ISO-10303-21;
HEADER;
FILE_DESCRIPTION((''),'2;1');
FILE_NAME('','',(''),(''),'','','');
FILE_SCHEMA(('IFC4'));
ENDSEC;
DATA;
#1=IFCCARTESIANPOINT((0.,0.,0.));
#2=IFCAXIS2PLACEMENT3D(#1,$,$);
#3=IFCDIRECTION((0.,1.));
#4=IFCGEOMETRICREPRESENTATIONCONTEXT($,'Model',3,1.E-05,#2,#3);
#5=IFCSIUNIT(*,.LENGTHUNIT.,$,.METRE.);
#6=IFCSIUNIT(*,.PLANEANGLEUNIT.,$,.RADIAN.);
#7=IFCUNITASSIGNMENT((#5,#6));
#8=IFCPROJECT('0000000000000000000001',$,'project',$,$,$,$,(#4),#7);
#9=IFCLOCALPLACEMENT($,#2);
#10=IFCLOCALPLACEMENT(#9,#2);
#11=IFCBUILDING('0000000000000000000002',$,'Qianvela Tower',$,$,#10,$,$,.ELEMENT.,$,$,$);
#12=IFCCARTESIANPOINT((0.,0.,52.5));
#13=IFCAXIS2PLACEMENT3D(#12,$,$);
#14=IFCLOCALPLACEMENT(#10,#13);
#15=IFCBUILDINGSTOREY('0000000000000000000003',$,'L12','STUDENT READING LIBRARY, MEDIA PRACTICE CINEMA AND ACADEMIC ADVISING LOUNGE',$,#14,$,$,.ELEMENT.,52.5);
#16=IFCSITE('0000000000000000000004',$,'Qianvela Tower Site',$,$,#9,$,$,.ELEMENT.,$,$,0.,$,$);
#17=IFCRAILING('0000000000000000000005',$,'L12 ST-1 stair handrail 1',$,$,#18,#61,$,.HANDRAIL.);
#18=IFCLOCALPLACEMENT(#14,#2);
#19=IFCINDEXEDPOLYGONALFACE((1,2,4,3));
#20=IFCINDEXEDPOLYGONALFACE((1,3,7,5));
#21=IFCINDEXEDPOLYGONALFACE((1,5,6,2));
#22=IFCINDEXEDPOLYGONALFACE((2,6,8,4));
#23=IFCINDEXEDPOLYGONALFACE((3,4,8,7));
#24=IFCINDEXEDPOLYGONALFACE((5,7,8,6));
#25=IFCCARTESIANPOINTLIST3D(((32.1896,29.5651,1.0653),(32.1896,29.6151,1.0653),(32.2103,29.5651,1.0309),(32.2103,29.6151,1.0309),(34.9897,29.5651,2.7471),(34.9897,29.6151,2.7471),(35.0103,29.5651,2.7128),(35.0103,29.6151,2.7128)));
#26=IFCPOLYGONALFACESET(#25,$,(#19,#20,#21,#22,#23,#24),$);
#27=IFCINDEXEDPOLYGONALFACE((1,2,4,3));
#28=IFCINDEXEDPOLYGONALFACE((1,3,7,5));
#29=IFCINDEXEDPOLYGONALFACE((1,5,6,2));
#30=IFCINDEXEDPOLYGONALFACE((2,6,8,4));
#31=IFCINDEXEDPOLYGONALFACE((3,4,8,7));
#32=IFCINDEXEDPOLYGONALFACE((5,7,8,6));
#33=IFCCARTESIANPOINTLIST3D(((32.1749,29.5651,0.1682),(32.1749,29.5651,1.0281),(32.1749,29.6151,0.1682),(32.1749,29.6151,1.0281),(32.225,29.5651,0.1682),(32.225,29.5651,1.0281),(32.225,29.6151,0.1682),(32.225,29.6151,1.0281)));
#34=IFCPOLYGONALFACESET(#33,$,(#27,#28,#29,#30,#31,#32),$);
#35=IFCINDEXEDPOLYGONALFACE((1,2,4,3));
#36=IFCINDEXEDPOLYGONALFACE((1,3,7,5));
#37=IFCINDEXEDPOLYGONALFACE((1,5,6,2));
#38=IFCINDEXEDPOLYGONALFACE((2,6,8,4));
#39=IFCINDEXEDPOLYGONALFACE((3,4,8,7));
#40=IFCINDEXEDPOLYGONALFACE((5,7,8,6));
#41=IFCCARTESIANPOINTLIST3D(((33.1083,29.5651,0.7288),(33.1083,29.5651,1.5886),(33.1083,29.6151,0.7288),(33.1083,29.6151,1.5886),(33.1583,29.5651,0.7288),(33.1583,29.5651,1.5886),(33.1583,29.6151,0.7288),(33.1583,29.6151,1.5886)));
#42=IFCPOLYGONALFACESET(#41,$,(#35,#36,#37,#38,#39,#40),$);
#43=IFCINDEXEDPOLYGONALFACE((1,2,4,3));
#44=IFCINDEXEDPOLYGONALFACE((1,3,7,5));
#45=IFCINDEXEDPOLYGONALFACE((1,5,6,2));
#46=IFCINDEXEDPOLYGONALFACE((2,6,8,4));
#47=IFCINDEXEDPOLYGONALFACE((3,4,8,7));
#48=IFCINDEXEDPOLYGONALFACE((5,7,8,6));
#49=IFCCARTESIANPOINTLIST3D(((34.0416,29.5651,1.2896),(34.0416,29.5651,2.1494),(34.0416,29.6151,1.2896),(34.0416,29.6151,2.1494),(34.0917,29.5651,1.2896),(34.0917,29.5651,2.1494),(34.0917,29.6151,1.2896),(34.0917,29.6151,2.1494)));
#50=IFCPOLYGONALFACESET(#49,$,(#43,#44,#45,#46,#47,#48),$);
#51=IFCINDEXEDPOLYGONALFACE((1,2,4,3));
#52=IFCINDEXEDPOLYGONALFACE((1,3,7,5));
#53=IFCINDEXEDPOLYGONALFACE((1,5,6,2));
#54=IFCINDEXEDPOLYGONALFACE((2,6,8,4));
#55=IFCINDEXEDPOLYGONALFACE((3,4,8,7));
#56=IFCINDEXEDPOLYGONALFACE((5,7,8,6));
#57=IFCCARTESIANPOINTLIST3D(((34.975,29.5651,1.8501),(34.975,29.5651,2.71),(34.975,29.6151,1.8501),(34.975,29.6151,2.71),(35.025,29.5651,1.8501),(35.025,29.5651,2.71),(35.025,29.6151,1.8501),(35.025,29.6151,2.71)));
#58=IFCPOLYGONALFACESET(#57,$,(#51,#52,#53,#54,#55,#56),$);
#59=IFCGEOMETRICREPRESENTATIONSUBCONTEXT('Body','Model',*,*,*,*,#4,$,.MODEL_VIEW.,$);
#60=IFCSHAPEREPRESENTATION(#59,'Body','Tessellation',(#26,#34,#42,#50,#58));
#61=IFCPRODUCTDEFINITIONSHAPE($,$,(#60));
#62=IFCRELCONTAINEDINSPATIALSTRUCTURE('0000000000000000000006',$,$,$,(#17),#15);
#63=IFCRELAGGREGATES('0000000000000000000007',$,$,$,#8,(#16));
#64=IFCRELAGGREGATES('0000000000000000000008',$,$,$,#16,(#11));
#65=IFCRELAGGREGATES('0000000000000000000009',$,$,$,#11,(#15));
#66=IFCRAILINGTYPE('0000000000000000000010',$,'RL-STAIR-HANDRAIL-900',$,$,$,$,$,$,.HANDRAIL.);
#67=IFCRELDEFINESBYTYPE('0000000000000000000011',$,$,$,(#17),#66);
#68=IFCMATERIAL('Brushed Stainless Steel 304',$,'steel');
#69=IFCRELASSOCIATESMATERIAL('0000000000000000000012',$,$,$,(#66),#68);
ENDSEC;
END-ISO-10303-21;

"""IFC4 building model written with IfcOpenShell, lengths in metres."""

from ifc_helpers import new_model, si_unit, direction, frame, origin, origin_2d, place, context, subcontext, project, spatial, rectangle, extrude, material, type_object, element, save


model = new_model("IFC4")

# Units and contexts
model_context = context("Model", 3, precision=1e-05, world=origin(), true_north=direction((0.0, 1.0)))
body_context = subcontext(model_context, "Body", "Model", "MODEL_VIEW")
ifc_project = project(units=[si_unit("LENGTHUNIT", "METRE"), si_unit("PLANEANGLEUNIT", "RADIAN")], contexts=[model_context])

# Site, building, storey
site_placement = place(None, origin())
site = spatial("IfcSite", under=ifc_project, at=site_placement, Name="Qianvela Tower Site", CompositionType="ELEMENT", RefElevation=0.0)
building_placement = place(site_placement, origin())
building = spatial("IfcBuilding", under=site, at=building_placement, Name="Qianvela Tower", CompositionType="ELEMENT")
storey_placement = place(building_placement, frame((0.0, 0.0, 52.5)))
storey = spatial("IfcBuildingStorey", under=building, at=storey_placement, Name="L12", Description="STUDENT READING LIBRARY, MEDIA PRACTICE CINEMA AND ACADEMIC ADVISING LOUNGE", CompositionType="ELEMENT", Elevation=52.5)

# Railing
ifc_material_1 = material(Name="Brushed Stainless Steel 304", Category="steel")
railing_type_1 = type_object("IfcRailingType", Name="RL-STAIR-HANDRAIL-900", PredefinedType="HANDRAIL", material=ifc_material_1)
railing_1_placement = place(storey_placement, frame((32.2, 29.5901, 0.1682)))
element("IfcRailing", 1, at=railing_1_placement, inside=storey, type_object=railing_type_1, Name="L12 ST-1 stair handrail 1", PredefinedType="HANDRAIL", context=body_context, shape_type="SweptSolid", body=[
    extrude(rectangle(XDim=0.05, YDim=0.04, at=origin_2d()), frame((0.0, 0.0, 0.8799), z_axis=(0.857242, 0.0, 0.514913), x_axis=(0.0, 1.0, 0.0)), (0.0, 0.0, 1.0), 3.2664),
    extrude(rectangle(XDim=0.05, YDim=0.05, at=origin_2d()), origin(), (0.0, 0.0, 1.0), 0.8599),
    extrude(rectangle(XDim=0.05, YDim=0.05, at=origin_2d()), frame((0.9333, 0.0, 0.5605)), (0.0, 0.0, 1.0), 0.8599),
    extrude(rectangle(XDim=0.05, YDim=0.05, at=origin_2d()), frame((1.8667, 0.0, 1.1213)), (0.0, 0.0, 1.0), 0.8599),
    extrude(rectangle(XDim=0.05, YDim=0.05, at=origin_2d()), frame((2.8, 0.0, 1.6819)), (0.0, 0.0, 1.0), 0.8599),
])

save(model, "model.ifc")
